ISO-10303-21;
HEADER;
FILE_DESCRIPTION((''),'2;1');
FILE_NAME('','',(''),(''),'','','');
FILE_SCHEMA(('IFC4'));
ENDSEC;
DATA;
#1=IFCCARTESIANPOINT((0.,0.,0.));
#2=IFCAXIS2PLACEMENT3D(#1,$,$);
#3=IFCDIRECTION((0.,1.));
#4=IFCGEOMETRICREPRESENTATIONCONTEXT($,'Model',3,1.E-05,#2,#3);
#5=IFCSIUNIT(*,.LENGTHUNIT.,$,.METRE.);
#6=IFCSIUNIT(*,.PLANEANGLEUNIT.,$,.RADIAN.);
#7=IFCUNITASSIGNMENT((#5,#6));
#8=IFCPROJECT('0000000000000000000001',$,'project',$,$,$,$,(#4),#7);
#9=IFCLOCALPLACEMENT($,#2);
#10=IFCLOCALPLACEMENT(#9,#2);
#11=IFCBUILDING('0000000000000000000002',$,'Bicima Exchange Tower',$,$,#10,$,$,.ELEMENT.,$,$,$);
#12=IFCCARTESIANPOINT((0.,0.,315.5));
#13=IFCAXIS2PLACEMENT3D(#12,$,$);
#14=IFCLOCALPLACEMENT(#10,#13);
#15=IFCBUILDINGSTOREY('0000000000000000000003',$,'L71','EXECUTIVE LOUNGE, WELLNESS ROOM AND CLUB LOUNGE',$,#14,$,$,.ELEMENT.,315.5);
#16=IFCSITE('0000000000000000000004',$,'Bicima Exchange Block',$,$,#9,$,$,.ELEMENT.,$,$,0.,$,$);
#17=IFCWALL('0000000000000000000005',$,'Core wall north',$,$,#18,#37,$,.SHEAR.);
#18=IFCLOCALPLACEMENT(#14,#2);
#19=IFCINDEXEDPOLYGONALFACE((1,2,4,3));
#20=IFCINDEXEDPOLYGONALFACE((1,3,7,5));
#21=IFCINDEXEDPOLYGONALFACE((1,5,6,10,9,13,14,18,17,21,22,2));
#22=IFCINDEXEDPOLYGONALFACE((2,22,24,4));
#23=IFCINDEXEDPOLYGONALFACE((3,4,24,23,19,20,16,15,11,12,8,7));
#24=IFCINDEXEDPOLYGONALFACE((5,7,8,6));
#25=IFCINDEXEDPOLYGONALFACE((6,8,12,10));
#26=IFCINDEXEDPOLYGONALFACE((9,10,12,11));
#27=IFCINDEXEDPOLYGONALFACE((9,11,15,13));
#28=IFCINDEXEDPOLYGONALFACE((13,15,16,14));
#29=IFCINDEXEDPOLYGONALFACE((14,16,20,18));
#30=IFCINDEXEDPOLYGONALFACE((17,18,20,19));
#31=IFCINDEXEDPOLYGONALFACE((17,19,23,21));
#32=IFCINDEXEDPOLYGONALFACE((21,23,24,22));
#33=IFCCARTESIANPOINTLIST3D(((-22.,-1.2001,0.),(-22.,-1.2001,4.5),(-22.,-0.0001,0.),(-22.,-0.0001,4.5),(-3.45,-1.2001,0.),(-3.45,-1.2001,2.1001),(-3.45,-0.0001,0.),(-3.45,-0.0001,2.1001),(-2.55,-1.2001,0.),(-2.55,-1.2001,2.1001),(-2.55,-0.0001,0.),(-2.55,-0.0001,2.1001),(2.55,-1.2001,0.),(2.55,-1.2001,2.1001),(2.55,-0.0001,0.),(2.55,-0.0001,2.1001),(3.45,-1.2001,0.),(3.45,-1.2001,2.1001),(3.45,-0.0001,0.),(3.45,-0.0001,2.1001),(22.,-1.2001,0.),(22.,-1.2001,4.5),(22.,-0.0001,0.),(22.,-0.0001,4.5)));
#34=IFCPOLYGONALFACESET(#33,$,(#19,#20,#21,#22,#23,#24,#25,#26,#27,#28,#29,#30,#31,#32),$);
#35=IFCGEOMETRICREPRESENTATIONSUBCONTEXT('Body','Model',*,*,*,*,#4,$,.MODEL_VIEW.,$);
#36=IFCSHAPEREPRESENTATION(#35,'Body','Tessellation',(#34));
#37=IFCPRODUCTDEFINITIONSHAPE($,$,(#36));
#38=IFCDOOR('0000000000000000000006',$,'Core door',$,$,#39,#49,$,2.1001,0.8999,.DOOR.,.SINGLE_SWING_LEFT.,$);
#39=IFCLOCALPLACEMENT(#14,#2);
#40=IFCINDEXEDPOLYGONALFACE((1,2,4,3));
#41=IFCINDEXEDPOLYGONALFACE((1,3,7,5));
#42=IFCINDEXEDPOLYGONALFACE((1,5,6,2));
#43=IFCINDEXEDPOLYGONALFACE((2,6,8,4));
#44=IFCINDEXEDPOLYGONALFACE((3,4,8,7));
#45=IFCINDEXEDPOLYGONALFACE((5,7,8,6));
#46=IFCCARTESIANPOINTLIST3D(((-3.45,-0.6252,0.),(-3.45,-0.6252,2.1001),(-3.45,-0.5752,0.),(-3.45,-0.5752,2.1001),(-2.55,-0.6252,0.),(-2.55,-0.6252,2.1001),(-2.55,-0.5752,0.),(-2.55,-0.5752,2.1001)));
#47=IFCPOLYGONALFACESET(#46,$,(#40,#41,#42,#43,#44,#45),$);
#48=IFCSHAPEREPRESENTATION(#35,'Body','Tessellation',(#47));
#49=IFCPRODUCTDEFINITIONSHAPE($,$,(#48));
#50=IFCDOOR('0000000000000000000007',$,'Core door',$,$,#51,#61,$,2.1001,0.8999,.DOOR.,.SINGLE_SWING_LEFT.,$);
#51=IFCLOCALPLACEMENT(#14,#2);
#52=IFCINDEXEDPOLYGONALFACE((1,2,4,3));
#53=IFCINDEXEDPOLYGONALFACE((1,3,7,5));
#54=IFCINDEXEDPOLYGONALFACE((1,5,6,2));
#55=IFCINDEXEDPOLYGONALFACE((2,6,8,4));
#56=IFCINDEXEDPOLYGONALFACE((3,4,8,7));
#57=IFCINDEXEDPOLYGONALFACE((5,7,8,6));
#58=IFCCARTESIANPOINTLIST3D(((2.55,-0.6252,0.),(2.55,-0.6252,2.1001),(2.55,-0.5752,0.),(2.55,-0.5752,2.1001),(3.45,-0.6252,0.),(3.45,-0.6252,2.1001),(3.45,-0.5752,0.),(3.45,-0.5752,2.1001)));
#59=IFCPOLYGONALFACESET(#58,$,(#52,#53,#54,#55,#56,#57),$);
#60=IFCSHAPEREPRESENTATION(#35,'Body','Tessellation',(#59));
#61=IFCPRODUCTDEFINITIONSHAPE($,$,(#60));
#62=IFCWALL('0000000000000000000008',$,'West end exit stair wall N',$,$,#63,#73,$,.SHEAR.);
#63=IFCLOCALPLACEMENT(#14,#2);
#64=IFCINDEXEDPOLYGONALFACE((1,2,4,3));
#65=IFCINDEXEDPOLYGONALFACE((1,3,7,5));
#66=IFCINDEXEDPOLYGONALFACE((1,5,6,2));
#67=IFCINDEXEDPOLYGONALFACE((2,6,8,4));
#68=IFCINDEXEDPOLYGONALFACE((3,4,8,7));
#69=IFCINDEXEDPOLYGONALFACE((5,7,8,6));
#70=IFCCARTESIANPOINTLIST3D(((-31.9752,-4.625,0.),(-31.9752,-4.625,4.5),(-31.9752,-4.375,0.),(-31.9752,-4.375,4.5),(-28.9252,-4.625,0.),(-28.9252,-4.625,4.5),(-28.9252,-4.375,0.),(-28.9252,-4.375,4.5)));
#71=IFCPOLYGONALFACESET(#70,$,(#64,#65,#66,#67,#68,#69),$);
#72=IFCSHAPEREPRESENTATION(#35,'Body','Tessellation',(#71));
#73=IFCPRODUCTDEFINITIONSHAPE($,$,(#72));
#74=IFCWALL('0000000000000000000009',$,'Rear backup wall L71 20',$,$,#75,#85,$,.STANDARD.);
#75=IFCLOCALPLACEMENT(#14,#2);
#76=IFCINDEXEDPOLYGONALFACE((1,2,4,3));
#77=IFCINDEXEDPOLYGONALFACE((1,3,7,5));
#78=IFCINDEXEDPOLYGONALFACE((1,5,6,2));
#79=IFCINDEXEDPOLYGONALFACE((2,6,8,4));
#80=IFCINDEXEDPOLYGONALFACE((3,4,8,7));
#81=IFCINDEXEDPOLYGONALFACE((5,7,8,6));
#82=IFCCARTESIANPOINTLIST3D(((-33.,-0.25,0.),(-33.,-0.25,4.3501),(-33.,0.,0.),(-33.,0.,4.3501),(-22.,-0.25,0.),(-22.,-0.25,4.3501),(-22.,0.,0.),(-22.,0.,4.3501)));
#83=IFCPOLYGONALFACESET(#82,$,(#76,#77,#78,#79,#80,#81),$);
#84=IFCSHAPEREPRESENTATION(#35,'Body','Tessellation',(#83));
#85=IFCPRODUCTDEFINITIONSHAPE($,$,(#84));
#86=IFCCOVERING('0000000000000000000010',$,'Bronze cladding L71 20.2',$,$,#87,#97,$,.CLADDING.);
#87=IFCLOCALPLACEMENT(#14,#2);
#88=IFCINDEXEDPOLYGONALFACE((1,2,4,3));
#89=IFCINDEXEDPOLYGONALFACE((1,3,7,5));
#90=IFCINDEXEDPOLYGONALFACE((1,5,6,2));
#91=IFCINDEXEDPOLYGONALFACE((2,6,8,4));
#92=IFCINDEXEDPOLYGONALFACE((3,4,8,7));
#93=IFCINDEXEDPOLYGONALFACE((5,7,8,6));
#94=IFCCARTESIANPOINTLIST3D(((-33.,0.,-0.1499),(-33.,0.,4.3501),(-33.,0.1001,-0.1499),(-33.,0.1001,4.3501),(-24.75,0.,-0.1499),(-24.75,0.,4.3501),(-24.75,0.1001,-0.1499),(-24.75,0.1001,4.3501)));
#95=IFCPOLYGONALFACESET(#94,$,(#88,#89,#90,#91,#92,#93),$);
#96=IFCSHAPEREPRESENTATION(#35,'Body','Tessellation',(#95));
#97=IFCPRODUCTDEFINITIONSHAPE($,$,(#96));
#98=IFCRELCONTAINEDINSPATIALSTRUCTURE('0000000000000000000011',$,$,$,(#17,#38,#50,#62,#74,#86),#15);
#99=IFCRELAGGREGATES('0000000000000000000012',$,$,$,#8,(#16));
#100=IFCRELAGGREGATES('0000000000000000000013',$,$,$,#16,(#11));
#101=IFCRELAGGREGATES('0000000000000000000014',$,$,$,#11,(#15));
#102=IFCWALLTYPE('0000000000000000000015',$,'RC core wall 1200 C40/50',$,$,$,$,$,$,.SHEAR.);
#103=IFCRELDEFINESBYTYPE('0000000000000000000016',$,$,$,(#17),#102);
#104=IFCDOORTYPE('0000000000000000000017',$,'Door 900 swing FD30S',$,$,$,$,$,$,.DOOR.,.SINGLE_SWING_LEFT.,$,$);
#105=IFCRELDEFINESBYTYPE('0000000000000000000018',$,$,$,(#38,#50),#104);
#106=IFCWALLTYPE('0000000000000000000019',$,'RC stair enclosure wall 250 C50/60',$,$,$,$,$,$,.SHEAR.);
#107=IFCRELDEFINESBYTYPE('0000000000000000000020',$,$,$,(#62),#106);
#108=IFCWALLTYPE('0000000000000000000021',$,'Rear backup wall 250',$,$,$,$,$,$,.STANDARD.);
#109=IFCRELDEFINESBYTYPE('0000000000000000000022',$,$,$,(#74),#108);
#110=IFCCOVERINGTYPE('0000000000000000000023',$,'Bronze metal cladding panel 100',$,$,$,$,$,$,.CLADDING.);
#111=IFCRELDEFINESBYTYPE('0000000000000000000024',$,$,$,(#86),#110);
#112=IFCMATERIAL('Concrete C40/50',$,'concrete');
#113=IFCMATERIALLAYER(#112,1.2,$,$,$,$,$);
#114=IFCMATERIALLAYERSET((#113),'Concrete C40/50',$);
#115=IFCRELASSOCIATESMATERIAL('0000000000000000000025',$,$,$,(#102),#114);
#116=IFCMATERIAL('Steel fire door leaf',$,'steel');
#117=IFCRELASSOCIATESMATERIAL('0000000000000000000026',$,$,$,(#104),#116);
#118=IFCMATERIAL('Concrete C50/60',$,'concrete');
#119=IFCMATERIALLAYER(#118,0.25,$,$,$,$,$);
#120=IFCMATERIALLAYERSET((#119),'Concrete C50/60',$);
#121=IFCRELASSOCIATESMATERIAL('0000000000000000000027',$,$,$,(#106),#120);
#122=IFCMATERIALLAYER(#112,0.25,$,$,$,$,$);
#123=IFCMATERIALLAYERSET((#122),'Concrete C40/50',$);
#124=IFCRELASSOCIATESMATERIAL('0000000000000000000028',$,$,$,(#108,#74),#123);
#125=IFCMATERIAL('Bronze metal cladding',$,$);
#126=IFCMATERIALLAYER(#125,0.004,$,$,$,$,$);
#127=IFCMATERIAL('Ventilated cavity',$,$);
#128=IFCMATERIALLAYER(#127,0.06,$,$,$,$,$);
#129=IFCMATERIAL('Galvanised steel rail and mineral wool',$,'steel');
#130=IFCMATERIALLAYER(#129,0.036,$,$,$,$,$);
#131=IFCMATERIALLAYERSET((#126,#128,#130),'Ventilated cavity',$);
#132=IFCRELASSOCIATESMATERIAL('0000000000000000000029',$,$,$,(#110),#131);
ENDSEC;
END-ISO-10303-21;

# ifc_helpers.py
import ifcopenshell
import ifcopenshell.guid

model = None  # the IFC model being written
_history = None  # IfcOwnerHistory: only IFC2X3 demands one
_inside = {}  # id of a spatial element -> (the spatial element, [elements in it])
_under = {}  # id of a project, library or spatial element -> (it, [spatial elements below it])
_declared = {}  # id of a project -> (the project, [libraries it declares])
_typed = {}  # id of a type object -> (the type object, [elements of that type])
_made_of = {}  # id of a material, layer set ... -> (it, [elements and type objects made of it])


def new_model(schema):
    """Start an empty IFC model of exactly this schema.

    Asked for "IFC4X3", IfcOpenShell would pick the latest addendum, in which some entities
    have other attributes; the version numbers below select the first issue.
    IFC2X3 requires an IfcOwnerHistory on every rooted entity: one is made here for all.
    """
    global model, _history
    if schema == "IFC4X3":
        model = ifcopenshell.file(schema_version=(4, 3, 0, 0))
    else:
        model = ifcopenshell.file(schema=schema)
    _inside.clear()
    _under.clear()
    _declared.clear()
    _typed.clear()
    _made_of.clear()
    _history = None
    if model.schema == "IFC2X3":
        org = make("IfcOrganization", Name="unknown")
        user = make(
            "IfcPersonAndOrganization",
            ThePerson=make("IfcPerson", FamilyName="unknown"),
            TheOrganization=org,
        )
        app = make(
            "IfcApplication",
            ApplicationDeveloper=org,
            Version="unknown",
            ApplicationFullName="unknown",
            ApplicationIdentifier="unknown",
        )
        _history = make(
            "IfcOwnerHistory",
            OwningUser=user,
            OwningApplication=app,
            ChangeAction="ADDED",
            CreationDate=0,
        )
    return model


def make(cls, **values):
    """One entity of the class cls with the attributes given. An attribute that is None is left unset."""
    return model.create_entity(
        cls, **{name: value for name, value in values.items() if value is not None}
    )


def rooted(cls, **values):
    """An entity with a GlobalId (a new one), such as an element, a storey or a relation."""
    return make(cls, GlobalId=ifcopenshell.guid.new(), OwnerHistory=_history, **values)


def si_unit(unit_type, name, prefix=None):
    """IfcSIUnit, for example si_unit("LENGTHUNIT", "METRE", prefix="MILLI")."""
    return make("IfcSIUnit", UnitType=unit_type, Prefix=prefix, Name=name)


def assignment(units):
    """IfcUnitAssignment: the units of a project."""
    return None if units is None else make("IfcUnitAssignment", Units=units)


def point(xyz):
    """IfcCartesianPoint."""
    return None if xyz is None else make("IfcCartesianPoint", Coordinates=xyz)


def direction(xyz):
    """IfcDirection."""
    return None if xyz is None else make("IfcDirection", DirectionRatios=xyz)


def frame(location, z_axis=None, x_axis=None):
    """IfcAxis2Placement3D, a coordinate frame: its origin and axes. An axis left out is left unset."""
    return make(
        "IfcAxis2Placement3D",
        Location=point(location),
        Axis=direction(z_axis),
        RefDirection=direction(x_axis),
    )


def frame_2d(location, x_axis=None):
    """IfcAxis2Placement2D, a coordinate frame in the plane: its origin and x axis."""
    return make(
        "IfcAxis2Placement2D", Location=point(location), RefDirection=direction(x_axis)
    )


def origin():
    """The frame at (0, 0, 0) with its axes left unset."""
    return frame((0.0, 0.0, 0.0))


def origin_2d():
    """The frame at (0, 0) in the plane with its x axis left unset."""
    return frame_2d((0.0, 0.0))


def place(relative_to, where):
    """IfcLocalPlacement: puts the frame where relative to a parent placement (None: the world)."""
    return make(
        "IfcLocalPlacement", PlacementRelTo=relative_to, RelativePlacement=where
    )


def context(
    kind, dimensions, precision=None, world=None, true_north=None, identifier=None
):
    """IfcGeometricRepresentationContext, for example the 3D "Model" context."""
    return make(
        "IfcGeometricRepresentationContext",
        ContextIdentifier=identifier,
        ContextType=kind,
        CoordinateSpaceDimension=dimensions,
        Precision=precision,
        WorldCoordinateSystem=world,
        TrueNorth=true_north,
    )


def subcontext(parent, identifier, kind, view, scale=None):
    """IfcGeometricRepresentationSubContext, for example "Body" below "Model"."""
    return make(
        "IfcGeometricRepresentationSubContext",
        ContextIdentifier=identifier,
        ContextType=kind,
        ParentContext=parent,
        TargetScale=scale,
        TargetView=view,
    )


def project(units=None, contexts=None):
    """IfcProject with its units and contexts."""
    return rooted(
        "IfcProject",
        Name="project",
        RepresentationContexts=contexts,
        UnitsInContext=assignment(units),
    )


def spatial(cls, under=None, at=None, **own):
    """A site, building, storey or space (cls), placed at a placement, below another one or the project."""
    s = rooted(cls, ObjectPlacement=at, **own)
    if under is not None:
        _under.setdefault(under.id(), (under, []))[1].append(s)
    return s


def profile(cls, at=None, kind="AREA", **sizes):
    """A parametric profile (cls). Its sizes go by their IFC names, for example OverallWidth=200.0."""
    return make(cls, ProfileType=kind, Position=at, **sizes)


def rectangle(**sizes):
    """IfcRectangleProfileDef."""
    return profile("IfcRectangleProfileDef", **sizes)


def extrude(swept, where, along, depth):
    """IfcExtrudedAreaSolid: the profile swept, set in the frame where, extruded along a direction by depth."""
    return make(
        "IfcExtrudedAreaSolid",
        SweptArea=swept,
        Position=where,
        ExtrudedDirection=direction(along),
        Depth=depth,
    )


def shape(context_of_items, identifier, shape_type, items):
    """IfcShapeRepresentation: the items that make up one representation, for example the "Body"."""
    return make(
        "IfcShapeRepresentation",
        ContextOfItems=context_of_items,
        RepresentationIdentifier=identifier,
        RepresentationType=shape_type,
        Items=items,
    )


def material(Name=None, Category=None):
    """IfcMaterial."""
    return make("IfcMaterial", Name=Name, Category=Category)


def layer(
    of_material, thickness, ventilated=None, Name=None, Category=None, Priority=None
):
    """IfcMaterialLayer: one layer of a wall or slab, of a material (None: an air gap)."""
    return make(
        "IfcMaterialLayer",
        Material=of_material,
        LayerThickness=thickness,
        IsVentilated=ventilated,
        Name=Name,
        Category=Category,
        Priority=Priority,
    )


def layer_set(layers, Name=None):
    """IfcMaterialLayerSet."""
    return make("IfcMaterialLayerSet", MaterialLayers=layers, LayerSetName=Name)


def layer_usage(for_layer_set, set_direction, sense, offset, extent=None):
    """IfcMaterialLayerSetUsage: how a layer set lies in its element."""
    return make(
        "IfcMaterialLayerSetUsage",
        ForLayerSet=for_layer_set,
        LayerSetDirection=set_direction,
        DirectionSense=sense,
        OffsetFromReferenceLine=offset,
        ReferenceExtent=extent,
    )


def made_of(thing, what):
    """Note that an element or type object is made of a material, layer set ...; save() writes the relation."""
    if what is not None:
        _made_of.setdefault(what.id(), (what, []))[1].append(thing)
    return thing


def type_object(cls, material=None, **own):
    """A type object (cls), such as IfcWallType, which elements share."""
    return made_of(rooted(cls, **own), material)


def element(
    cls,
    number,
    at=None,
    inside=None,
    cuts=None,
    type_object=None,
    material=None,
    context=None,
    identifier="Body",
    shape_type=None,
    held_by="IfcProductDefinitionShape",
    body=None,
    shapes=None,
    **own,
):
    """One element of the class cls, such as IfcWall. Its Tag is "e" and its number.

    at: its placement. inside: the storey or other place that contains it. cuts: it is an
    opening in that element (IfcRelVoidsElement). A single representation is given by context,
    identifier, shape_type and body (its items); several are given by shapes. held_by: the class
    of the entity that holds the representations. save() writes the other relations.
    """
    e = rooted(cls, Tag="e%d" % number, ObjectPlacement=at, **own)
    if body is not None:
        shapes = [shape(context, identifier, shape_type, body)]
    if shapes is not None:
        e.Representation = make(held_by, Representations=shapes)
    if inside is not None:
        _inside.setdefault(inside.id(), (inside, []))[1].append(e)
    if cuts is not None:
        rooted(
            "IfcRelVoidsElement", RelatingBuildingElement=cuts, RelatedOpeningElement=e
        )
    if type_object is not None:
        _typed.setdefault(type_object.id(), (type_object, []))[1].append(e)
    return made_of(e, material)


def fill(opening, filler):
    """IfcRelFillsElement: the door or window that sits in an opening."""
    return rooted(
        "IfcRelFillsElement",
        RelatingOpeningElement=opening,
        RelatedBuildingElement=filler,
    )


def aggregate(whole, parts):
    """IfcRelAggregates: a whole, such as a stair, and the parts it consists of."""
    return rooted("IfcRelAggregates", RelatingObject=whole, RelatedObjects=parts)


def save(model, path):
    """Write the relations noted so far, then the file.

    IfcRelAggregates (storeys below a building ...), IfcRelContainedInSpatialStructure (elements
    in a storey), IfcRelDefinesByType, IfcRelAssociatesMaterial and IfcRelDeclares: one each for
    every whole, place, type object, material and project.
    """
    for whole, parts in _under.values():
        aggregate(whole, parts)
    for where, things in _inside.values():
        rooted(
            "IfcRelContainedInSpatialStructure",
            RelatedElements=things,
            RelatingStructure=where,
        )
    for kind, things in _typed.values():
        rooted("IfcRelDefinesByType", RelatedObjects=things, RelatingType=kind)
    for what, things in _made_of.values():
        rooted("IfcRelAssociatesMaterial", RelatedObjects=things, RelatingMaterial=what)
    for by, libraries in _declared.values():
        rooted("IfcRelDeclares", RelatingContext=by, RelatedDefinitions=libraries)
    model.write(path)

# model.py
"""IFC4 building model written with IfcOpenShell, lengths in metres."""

from ifc_helpers import new_model, si_unit, direction, frame, frame_2d, origin, origin_2d, place, context, subcontext, project, spatial, rectangle, extrude, material, layer, layer_set, layer_usage, type_object, element, fill, save


model = new_model("IFC4")

# Units and contexts
model_context = context("Model", 3, precision=1e-05, world=origin(), true_north=direction((0.0, 1.0)))
body_context = subcontext(model_context, "Body", "Model", "MODEL_VIEW")
ifc_project = project(units=[si_unit("LENGTHUNIT", "METRE"), si_unit("PLANEANGLEUNIT", "RADIAN")], contexts=[model_context])

# Site, building, storey
site_placement = place(None, origin())
site = spatial("IfcSite", under=ifc_project, at=site_placement, Name="Bicima Exchange Block", CompositionType="ELEMENT", RefElevation=0.0)
building_placement = place(site_placement, origin())
building = spatial("IfcBuilding", under=site, at=building_placement, Name="Bicima Exchange Tower", CompositionType="ELEMENT")
storey_placement = place(building_placement, frame((0.0, 0.0, 315.5)))
storey = spatial("IfcBuildingStorey", under=building, at=storey_placement, Name="L71", Description="EXECUTIVE LOUNGE, WELLNESS ROOM AND CLUB LOUNGE", CompositionType="ELEMENT", Elevation=315.5)

# Wall, openings, doors
ifc_material_1 = material(Name="Concrete C40/50", Category="concrete")
ifc_layer_1 = layer(ifc_material_1, 1.2)
ifc_layer_set_1 = layer_set([ifc_layer_1], Name="Concrete C40/50")
wall_type_1 = type_object("IfcWallType", Name="RC core wall 1200 C40/50", PredefinedType="SHEAR", material=ifc_layer_set_1)
wall_1_placement = place(storey_placement, frame((-22.0, -0.6001, 0.0), z_axis=(0.0, 0.0, 1.0), x_axis=(1.0, 0.0, 0.0)))
wall_1 = element("IfcWall", 1, at=wall_1_placement, inside=storey, type_object=wall_type_1, Name="Core wall north", PredefinedType="SHEAR", context=body_context, shape_type="SweptSolid", body=[
    extrude(rectangle(XDim=44.0, YDim=1.2, at=frame_2d((22.0, 0.0))), origin(), (0.0, 0.0, 1.0), 4.5),
])
opening_1_placement = place(wall_1_placement, frame((18.55, 0.0, 0.0)))
opening_1 = element("IfcOpeningElement", 2, at=opening_1_placement, cuts=wall_1, PredefinedType="OPENING", context=body_context, shape_type="SweptSolid", body=[
    extrude(rectangle(XDim=0.8999, YDim=2.1001, at=frame_2d((0.45, 1.05))), frame((0.0, 0.6118, 0.0), z_axis=(0.0, -1.0, 0.0), x_axis=(1.0, 0.0, 0.0)), (0.0, 0.0, 1.0), 1.2239),
])
opening_2_placement = place(wall_1_placement, frame((24.55, 0.0, 0.0)))
opening_2 = element("IfcOpeningElement", 3, at=opening_2_placement, cuts=wall_1, PredefinedType="OPENING", context=body_context, shape_type="SweptSolid", body=[
    extrude(rectangle(XDim=0.8999, YDim=2.1001, at=frame_2d((0.45, 1.05))), frame((0.0, 0.6118, 0.0), z_axis=(0.0, -1.0, 0.0), x_axis=(1.0, 0.0, 0.0)), (0.0, 0.0, 1.0), 1.2239),
])
ifc_material_2 = material(Name="Steel fire door leaf", Category="steel")
door_type = type_object("IfcDoorType", Name="Door 900 swing FD30S", OperationType="SINGLE_SWING_LEFT", PredefinedType="DOOR", material=ifc_material_2)
door_1_placement = place(opening_1_placement, origin())
door_1 = element("IfcDoor", 4, at=door_1_placement, inside=storey, type_object=door_type, Name="Core door", OperationType="SINGLE_SWING_LEFT", OverallHeight=2.1001, OverallWidth=0.8999, PredefinedType="DOOR", context=body_context, shape_type="SweptSolid", body=[
    extrude(rectangle(XDim=0.8999, YDim=2.1001, at=frame_2d((0.45, 1.05))), frame((0.0, 0.0249, 0.0), z_axis=(0.0, -1.0, 0.0), x_axis=(1.0, 0.0, 0.0)), (0.0, 0.0, 1.0), 0.05),
])
fill(opening_1, door_1)
door_2_placement = place(opening_2_placement, origin())
door_2 = element("IfcDoor", 5, at=door_2_placement, inside=storey, type_object=door_type, Name="Core door", OperationType="SINGLE_SWING_LEFT", OverallHeight=2.1001, OverallWidth=0.8999, PredefinedType="DOOR", context=body_context, shape_type="SweptSolid", body=[
    extrude(rectangle(XDim=0.8999, YDim=2.1001, at=frame_2d((0.45, 1.05))), frame((0.0, 0.0249, 0.0), z_axis=(0.0, -1.0, 0.0), x_axis=(1.0, 0.0, 0.0)), (0.0, 0.0, 1.0), 0.05),
])
fill(opening_2, door_2)

# Walls
ifc_material_3 = material(Name="Concrete C50/60", Category="concrete")
ifc_layer_2 = layer(ifc_material_3, 0.25)
ifc_layer_set_2 = layer_set([ifc_layer_2], Name="Concrete C50/60")
wall_type_2 = type_object("IfcWallType", Name="RC stair enclosure wall 250 C50/60", PredefinedType="SHEAR", material=ifc_layer_set_2)
wall_2_placement = place(storey_placement, frame((-31.9751, -4.5, 0.0), z_axis=(0.0, 0.0, 1.0), x_axis=(1.0, 0.0, 0.0)))
element("IfcWall", 6, at=wall_2_placement, inside=storey, type_object=wall_type_2, Name="West end exit stair wall N", PredefinedType="SHEAR", context=body_context, shape_type="SweptSolid", body=[
    extrude(rectangle(XDim=3.05, YDim=0.25, at=frame_2d((1.5249, 0.0))), origin(), (0.0, 0.0, 1.0), 4.5),
])
ifc_layer_3 = layer(ifc_material_1, 0.25)
ifc_layer_set_3 = layer_set([ifc_layer_3], Name="Concrete C40/50")
ifc_layer_usage = layer_usage(ifc_layer_set_3, "AXIS2", "POSITIVE", -0.125)
wall_type_3 = type_object("IfcWallType", Name="Rear backup wall 250", PredefinedType="STANDARD", material=ifc_layer_set_3)
wall_3_placement = place(storey_placement, frame((-22.0, -0.125, 0.0), z_axis=(0.0, 0.0, 1.0), x_axis=(-1.0, 0.0, 0.0)))
element("IfcWall", 7, at=wall_3_placement, inside=storey, type_object=wall_type_3, material=ifc_layer_usage, Name="Rear backup wall L71 20", PredefinedType="STANDARD", context=body_context, shape_type="SweptSolid", body=[
    extrude(rectangle(XDim=11.0, YDim=0.25, at=frame_2d((5.5, 0.0))), origin(), (0.0, 0.0, 1.0), 4.3501),
])

# Covering
ifc_material_4 = material(Name="Bronze metal cladding")
ifc_layer_4 = layer(ifc_material_4, 0.004)
ifc_material_5 = material(Name="Ventilated cavity")
ifc_layer_5 = layer(ifc_material_5, 0.06)
ifc_material_6 = material(Name="Galvanised steel rail and mineral wool", Category="steel")
ifc_layer_6 = layer(ifc_material_6, 0.036)
ifc_layer_set_4 = layer_set([ifc_layer_4, ifc_layer_5, ifc_layer_6], Name="Ventilated cavity")
covering_type = type_object("IfcCoveringType", Name="Bronze metal cladding panel 100", PredefinedType="CLADDING", material=ifc_layer_set_4)
covering_placement = place(storey_placement, frame((-28.875, 0.05, -0.1499), z_axis=(0.0, 0.0, 1.0), x_axis=(-1.0, 0.0, 0.0)))
element("IfcCovering", 8, at=covering_placement, inside=storey, type_object=covering_type, Name="Bronze cladding L71 20.2", PredefinedType="CLADDING", context=body_context, shape_type="SweptSolid", body=[
    extrude(rectangle(XDim=8.25, YDim=0.1001, at=origin_2d()), origin(), (0.0, 0.0, 1.0), 4.5),
])

save(model, "model.ifc")
